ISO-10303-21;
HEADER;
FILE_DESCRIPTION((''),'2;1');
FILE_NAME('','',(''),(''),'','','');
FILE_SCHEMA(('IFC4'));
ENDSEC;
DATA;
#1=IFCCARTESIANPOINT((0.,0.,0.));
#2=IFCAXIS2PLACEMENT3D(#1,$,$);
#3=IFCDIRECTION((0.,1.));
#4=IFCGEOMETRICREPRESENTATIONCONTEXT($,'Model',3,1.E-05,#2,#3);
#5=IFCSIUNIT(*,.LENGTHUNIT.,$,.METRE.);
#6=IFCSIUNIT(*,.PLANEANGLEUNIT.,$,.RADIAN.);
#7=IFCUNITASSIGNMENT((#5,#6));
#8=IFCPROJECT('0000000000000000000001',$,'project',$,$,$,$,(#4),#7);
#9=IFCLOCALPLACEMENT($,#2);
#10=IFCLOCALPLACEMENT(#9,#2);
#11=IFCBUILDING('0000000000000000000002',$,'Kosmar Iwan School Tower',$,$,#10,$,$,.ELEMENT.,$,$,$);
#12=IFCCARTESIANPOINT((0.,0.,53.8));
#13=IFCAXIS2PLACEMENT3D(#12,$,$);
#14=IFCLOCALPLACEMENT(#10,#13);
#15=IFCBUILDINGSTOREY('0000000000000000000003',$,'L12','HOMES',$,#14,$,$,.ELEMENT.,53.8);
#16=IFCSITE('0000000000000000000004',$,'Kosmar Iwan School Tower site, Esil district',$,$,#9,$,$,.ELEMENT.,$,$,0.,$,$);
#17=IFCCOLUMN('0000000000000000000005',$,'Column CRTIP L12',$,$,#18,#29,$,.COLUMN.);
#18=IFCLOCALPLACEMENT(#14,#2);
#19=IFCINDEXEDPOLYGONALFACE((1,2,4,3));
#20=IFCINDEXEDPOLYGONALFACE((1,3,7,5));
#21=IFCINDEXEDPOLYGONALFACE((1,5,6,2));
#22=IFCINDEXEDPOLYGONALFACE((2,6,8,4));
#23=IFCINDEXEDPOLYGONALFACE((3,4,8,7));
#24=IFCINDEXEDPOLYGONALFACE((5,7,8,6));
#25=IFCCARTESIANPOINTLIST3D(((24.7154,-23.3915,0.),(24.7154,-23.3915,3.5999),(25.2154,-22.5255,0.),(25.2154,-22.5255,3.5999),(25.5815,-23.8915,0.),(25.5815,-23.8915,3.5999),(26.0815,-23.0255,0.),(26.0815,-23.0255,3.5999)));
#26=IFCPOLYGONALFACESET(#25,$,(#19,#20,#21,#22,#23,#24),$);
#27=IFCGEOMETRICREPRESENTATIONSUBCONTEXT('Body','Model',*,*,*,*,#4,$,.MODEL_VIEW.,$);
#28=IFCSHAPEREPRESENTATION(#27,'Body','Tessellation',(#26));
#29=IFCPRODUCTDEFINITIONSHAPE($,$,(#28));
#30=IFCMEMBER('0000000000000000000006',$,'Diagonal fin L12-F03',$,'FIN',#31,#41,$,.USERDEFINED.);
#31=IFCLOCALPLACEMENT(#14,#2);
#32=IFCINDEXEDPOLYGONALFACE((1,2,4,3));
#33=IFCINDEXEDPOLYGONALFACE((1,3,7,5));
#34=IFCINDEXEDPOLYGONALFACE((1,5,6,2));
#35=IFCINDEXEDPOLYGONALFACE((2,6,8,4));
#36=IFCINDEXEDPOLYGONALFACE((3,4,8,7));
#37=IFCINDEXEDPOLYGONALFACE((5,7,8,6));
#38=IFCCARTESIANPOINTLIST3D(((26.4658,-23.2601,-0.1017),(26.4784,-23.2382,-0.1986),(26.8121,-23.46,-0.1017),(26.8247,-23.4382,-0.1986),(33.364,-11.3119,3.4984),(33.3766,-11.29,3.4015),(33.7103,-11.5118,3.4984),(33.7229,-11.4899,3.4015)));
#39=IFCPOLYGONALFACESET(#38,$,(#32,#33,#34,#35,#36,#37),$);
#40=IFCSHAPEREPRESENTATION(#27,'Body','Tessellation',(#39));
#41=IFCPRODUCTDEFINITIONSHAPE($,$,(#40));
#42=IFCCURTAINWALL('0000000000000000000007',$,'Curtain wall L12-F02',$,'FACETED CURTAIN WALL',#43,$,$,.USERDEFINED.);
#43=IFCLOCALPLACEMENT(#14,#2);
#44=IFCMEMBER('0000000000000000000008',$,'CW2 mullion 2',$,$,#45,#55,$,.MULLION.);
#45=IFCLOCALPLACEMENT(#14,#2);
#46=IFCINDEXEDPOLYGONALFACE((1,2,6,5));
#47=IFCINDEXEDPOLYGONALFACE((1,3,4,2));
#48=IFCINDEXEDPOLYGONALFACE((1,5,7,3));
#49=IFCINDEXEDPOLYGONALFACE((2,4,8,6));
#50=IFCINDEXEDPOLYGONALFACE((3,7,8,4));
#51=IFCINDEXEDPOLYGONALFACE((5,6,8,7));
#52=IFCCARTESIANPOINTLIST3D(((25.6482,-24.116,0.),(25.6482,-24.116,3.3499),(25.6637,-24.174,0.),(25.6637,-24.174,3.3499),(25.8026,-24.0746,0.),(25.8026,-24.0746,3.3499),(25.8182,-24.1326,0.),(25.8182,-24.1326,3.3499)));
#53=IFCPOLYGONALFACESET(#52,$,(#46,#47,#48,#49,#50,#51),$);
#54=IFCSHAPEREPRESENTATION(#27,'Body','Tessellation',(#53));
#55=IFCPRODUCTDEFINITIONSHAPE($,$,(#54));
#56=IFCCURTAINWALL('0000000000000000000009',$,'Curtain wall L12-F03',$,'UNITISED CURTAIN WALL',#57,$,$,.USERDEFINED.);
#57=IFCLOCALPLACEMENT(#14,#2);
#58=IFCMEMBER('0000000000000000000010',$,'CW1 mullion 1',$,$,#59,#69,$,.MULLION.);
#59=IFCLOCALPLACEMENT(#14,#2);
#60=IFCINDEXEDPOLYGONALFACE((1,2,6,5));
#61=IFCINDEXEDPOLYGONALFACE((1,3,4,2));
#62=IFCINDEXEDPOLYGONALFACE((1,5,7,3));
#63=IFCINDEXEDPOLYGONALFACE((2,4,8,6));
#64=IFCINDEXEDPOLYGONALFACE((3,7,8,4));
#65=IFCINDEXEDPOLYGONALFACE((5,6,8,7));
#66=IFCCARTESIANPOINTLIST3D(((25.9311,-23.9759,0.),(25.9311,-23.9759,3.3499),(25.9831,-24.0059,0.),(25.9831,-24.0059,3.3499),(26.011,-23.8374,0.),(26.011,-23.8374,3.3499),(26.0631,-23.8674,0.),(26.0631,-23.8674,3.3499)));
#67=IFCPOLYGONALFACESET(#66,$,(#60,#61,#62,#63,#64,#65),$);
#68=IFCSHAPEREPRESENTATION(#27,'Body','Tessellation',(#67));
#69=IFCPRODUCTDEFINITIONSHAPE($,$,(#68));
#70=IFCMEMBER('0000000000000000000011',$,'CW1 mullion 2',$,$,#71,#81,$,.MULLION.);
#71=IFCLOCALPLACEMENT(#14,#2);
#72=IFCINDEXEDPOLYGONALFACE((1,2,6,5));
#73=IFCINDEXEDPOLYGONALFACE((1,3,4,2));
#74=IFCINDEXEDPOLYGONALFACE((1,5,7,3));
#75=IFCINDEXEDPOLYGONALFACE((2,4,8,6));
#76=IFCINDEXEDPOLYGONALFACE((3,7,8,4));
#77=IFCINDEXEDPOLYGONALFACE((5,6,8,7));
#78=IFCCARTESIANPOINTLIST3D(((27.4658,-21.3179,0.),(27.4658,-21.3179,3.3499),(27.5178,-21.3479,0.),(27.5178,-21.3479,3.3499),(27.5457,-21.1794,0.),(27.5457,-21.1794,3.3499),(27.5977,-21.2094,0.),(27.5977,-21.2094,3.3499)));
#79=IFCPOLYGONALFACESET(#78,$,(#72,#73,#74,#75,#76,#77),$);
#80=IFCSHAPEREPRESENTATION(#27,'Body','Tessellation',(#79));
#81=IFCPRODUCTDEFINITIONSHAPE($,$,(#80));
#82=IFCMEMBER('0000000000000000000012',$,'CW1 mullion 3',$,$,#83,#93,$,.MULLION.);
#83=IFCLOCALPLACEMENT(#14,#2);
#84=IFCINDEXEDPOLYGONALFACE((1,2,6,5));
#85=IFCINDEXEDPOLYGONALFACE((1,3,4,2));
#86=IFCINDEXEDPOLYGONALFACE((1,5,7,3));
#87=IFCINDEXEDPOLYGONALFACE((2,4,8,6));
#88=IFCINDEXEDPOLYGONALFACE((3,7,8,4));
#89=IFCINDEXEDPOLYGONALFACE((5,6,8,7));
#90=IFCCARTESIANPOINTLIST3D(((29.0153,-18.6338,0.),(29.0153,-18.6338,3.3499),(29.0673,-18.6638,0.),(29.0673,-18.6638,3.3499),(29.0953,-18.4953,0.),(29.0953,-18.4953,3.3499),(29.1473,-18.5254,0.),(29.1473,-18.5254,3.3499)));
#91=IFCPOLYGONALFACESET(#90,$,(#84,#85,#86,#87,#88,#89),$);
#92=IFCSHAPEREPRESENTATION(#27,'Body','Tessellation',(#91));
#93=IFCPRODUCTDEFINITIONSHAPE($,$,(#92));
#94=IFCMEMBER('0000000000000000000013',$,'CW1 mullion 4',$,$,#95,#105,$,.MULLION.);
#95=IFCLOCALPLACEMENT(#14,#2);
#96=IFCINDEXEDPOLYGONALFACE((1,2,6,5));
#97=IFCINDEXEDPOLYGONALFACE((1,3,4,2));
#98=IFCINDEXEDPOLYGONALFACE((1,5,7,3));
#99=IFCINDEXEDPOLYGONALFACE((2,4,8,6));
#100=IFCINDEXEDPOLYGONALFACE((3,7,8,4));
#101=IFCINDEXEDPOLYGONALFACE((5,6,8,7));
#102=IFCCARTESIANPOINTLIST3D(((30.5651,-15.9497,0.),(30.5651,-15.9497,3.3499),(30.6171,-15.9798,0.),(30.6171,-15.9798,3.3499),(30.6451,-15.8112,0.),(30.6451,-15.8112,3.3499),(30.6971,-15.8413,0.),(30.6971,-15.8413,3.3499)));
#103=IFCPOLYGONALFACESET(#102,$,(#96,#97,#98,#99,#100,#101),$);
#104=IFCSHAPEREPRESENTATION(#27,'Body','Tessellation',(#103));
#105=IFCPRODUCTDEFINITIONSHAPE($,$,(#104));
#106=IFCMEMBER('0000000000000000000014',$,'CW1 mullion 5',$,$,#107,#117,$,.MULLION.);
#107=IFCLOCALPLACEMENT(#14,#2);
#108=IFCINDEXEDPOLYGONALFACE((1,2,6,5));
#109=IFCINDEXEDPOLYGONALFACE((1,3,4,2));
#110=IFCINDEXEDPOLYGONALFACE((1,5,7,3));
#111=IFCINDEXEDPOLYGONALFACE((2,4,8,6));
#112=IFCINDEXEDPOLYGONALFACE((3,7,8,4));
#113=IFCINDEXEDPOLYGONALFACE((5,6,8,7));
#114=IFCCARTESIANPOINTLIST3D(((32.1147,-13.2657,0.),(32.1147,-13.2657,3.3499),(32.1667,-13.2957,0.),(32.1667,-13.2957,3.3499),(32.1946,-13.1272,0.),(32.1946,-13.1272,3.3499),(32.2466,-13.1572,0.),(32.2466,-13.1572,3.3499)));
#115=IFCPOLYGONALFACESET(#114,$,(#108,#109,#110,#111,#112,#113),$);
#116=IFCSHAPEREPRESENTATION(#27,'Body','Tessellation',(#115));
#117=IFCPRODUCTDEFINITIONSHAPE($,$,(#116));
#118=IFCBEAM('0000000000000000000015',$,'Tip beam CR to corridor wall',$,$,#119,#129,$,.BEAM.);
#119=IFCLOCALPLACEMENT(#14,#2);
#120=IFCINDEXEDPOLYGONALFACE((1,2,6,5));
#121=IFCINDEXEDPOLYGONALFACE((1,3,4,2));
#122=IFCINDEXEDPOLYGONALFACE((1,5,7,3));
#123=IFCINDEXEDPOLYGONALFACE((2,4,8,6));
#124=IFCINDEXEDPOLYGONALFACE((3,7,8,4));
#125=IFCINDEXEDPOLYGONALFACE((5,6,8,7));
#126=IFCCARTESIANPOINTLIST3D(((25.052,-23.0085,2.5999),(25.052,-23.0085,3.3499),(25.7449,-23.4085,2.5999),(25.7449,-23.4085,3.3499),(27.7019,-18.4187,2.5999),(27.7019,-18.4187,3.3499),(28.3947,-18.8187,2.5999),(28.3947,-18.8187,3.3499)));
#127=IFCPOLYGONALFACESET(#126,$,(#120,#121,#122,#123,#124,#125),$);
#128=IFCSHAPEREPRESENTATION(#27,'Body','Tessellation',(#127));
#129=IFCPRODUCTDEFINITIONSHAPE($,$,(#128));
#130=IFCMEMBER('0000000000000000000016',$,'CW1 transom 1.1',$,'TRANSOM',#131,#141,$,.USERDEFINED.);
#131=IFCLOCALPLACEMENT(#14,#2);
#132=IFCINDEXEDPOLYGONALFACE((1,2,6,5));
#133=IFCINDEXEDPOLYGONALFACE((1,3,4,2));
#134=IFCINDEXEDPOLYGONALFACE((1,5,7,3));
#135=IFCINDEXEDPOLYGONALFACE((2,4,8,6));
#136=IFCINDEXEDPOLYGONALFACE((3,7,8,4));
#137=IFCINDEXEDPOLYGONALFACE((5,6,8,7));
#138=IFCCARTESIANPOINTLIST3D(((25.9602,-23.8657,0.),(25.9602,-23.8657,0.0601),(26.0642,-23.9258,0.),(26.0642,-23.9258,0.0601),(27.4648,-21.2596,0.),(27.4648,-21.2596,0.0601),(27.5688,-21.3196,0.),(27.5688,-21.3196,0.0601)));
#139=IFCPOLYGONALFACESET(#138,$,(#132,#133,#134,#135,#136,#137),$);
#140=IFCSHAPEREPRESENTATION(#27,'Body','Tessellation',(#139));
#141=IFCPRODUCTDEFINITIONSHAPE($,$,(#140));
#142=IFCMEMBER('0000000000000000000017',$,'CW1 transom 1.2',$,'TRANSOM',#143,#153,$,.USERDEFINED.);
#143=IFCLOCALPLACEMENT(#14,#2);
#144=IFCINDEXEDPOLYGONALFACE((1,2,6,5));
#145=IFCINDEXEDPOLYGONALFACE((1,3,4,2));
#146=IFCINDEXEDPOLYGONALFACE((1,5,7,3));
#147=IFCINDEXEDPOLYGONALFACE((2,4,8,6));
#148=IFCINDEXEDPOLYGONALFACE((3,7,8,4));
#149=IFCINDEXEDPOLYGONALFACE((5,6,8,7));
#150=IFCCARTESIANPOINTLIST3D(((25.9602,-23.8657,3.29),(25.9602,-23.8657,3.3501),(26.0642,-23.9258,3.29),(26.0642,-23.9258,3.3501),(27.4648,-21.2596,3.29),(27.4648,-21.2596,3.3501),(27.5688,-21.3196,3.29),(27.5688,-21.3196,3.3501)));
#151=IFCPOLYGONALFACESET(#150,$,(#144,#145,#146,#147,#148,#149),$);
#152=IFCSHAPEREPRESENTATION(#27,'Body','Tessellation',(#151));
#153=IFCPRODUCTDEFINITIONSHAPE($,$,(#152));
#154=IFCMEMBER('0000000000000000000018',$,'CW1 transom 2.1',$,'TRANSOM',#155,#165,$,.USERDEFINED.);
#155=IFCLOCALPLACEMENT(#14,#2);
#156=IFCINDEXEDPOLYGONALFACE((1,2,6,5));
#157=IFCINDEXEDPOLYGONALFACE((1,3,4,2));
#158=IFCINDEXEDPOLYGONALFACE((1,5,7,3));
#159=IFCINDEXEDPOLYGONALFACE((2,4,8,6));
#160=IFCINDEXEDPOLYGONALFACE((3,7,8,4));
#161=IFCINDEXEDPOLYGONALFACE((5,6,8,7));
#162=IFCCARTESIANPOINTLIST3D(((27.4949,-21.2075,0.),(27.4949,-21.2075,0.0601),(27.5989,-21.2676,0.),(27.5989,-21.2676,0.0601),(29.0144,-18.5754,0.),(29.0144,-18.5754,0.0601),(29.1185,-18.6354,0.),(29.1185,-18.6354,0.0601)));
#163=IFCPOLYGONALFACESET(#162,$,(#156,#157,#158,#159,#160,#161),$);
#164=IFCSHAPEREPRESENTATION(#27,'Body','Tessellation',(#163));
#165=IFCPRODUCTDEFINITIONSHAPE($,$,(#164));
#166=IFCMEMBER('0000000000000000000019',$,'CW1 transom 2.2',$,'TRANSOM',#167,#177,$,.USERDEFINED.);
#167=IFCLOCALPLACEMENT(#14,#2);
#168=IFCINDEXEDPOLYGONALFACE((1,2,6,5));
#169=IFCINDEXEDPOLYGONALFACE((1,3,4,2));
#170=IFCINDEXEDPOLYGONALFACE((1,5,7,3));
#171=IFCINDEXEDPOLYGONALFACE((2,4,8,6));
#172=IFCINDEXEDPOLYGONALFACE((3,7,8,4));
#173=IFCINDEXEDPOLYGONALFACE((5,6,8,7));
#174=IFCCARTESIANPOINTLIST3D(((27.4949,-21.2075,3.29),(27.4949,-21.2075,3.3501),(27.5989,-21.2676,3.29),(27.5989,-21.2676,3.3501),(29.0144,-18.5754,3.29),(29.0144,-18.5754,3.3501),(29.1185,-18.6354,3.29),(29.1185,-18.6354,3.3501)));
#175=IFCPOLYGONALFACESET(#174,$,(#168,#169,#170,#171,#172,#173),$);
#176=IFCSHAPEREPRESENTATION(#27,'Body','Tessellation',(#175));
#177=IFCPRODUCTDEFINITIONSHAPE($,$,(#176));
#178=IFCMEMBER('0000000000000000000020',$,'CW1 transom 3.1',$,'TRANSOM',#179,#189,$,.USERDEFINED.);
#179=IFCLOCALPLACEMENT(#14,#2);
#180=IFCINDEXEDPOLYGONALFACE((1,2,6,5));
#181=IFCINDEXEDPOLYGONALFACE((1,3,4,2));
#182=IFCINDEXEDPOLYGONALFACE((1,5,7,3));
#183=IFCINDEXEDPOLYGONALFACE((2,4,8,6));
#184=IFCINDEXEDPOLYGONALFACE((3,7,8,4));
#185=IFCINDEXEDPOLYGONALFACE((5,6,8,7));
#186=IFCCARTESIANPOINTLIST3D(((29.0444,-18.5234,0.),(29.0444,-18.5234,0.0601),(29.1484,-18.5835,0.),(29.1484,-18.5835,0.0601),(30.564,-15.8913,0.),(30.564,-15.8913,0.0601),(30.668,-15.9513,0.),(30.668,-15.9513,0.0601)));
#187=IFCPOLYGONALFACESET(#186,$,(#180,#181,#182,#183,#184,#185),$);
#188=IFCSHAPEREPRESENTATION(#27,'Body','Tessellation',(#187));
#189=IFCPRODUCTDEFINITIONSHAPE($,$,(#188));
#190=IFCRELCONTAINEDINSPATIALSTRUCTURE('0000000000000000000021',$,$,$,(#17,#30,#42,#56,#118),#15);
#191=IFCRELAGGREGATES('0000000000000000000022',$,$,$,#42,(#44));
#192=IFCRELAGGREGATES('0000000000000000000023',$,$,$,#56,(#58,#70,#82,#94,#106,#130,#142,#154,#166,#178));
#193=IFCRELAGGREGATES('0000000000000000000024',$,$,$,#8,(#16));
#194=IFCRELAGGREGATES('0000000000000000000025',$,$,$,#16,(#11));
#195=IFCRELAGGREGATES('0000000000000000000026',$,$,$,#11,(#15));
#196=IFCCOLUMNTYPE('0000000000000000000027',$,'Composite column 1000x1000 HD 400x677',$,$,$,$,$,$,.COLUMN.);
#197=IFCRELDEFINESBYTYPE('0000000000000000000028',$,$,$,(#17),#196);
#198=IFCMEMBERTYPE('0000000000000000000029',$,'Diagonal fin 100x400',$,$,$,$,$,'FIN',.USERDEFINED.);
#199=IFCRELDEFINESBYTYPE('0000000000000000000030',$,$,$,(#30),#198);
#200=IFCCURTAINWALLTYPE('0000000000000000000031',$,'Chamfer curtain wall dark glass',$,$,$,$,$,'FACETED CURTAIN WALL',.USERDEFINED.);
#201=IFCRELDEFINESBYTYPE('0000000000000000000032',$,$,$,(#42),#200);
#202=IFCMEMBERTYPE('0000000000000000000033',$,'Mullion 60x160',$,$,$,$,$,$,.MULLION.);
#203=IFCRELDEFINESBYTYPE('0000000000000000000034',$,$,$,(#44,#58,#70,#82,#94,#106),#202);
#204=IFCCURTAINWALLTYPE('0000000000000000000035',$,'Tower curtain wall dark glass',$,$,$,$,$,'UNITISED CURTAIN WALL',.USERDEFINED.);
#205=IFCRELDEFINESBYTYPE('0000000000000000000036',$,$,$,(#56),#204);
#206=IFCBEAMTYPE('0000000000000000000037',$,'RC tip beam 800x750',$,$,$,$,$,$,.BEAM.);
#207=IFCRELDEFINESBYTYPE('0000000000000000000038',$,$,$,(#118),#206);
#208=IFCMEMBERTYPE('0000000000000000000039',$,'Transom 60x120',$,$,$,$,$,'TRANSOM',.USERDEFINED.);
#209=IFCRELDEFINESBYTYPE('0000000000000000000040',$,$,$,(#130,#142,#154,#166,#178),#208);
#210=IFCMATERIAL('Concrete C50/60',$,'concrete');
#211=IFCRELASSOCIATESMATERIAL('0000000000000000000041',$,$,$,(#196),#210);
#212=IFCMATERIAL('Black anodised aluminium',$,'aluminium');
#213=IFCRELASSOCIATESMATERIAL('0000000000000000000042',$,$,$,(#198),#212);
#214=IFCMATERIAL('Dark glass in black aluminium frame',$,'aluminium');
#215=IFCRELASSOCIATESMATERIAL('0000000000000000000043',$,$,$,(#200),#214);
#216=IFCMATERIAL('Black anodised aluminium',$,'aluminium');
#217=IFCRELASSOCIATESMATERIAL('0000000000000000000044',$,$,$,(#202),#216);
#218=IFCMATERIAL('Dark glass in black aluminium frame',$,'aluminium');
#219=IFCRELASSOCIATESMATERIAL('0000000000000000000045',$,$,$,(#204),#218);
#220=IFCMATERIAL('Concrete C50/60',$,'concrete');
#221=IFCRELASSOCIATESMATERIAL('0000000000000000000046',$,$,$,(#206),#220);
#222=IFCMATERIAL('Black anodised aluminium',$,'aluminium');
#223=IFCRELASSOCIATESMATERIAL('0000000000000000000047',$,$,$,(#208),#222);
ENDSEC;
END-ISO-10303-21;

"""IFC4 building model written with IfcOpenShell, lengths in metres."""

from ifc_helpers import new_model, si_unit, direction, frame, origin, origin_2d, place, context, subcontext, project, spatial, rectangle, extrude, material, material_profile, profile_set, type_object, element, aggregate, save


model = new_model("IFC4")

# Units and contexts
model_context = context("Model", 3, precision=1e-05, world=origin(), true_north=direction((0.0, 1.0)))
body_context = subcontext(model_context, "Body", "Model", "MODEL_VIEW")
ifc_project = project(units=[si_unit("LENGTHUNIT", "METRE"), si_unit("PLANEANGLEUNIT", "RADIAN")], contexts=[model_context])

# Site, building, storey
site_placement = place(None, origin())
site = spatial("IfcSite", under=ifc_project, at=site_placement, Name="Kosmar Iwan School Tower site, Esil district", CompositionType="ELEMENT", RefElevation=0.0)
building_placement = place(site_placement, origin())
building = spatial("IfcBuilding", under=site, at=building_placement, Name="Kosmar Iwan School Tower", CompositionType="ELEMENT")
storey_placement = place(building_placement, frame((0.0, 0.0, 53.8)))
storey = spatial("IfcBuildingStorey", under=building, at=storey_placement, Name="L12", Description="HOMES", CompositionType="ELEMENT", Elevation=53.8)

# Column
ifc_material_1 = material(Name="Concrete C50/60", Category="concrete")
ifc_material_profile_1 = material_profile(ifc_material_1, rectangle(XDim=1.0, YDim=1.0, at=origin_2d()), Name="RC 1000x1000 + HD 400x677")
ifc_profile_set_1 = profile_set([ifc_material_profile_1], Name="Concrete C50/60")
column_type = type_object("IfcColumnType", Name="Composite column 1000x1000 HD 400x677", PredefinedType="COLUMN", material=ifc_profile_set_1)
column_placement = place(storey_placement, frame((25.3984, -23.2085, 0.0), z_axis=(0.0, 0.0, 1.0), x_axis=(0.866025, -0.5, 0.0)))
element("IfcColumn", 1, at=column_placement, inside=storey, type_object=column_type, Name="Column CRTIP L12", PredefinedType="COLUMN", context=body_context, shape_type="SweptSolid", body=[
    extrude(rectangle(XDim=1.0, YDim=1.0, at=origin_2d()), origin(), (0.0, 0.0, 1.0), 3.5999),
])

# Member
ifc_material_2 = material(Name="Black anodised aluminium", Category="aluminium")
ifc_material_profile_2 = material_profile(ifc_material_2, rectangle(XDim=0.1001, YDim=0.3999, at=origin_2d()), Name="FIN 100x400")
ifc_profile_set_2 = profile_set([ifc_material_profile_2], Name="Black anodised aluminium")
member_type_1 = type_object("IfcMemberType", Name="Diagonal fin 100x400", ElementType="FIN", PredefinedType="USERDEFINED", material=ifc_profile_set_2)
member_1_placement = place(storey_placement, frame((26.6453, -23.3491, -0.1501), z_axis=(0.483793, 0.83797, 0.252487), x_axis=(-0.126242, -0.218661, 0.9676)))
element("IfcMember", 2, at=member_1_placement, inside=storey, type_object=member_type_1, Name="Diagonal fin L12-F03", ObjectType="FIN", PredefinedType="USERDEFINED", context=body_context, shape_type="SweptSolid", body=[
    extrude(rectangle(XDim=0.1001, YDim=0.3999, at=origin_2d()), origin(), (0.0, 0.0, 1.0), 14.2585),
])

# Curtain wall, member
ifc_material_3 = material(Name="Dark glass in black aluminium frame", Category="aluminium")
curtain_wall_type_1 = type_object("IfcCurtainWallType", Name="Chamfer curtain wall dark glass", ElementType="FACETED CURTAIN WALL", PredefinedType="USERDEFINED", material=ifc_material_3)
curtain_wall_1_placement = place(storey_placement, origin())
curtain_wall_1 = element("IfcCurtainWall", 3, at=curtain_wall_1_placement, inside=storey, type_object=curtain_wall_type_1, Name="Curtain wall L12-F02", ObjectType="FACETED CURTAIN WALL", PredefinedType="USERDEFINED")
ifc_material_4 = material(Name="Black anodised aluminium", Category="aluminium")
ifc_material_profile_3 = material_profile(ifc_material_4, rectangle(XDim=0.0601, YDim=0.1599, at=origin_2d()), Name="MULLION 60x160")
ifc_profile_set_3 = profile_set([ifc_material_profile_3], Name="Black anodised aluminium")
member_type_2 = type_object("IfcMemberType", Name="Mullion 60x160", PredefinedType="MULLION", material=ifc_profile_set_3)
member_2_placement = place(storey_placement, frame((25.7332, -24.1243, 0.0), z_axis=(0.0, 0.0, 1.0), x_axis=(-0.258819, 0.965926, 0.0)))
member_2 = element("IfcMember", 4, at=member_2_placement, type_object=member_type_2, Name="CW2 mullion 2", PredefinedType="MULLION", context=body_context, shape_type="SweptSolid", body=[
    extrude(rectangle(XDim=0.0601, YDim=0.1599, at=origin_2d()), origin(), (0.0, 0.0, 1.0), 3.3499),
])

# Curtain wall, members
ifc_material_5 = material(Name="Dark glass in black aluminium frame", Category="aluminium")
curtain_wall_type_2 = type_object("IfcCurtainWallType", Name="Tower curtain wall dark glass", ElementType="UNITISED CURTAIN WALL", PredefinedType="USERDEFINED", material=ifc_material_5)
curtain_wall_2_placement = place(storey_placement, origin())
curtain_wall_2 = element("IfcCurtainWall", 5, at=curtain_wall_2_placement, inside=storey, type_object=curtain_wall_type_2, Name="Curtain wall L12-F03", ObjectType="UNITISED CURTAIN WALL", PredefinedType="USERDEFINED")
member_3_placement = place(storey_placement, frame((25.9971, -23.9216, 0.0), z_axis=(0.0, 0.0, 1.0), x_axis=(-0.866025, 0.5, 0.0)))
member_3 = element("IfcMember", 6, at=member_3_placement, type_object=member_type_2, Name="CW1 mullion 1", PredefinedType="MULLION", context=body_context, shape_type="SweptSolid", body=[
    extrude(rectangle(XDim=0.0601, YDim=0.1599, at=origin_2d()), origin(), (0.0, 0.0, 1.0), 3.3499),
])
member_4_placement = place(storey_placement, frame((27.5317, -21.2637, 0.0), z_axis=(0.0, 0.0, 1.0), x_axis=(-0.866025, 0.5, 0.0)))
member_4 = element("IfcMember", 7, at=member_4_placement, type_object=member_type_2, Name="CW1 mullion 2", PredefinedType="MULLION", context=body_context, shape_type="SweptSolid", body=[
    extrude(rectangle(XDim=0.0601, YDim=0.1599, at=origin_2d()), origin(), (0.0, 0.0, 1.0), 3.3499),
])
member_5_placement = place(storey_placement, frame((29.0813, -18.5796, 0.0), z_axis=(0.0, 0.0, 1.0), x_axis=(-0.866025, 0.5, 0.0)))
member_5 = element("IfcMember", 8, at=member_5_placement, type_object=member_type_2, Name="CW1 mullion 3", PredefinedType="MULLION", context=body_context, shape_type="SweptSolid", body=[
    extrude(rectangle(XDim=0.0601, YDim=0.1599, at=origin_2d()), origin(), (0.0, 0.0, 1.0), 3.3499),
])
member_6_placement = place(storey_placement, frame((30.6311, -15.8955, 0.0), z_axis=(0.0, 0.0, 1.0), x_axis=(-0.866025, 0.5, 0.0)))
member_6 = element("IfcMember", 9, at=member_6_placement, type_object=member_type_2, Name="CW1 mullion 4", PredefinedType="MULLION", context=body_context, shape_type="SweptSolid", body=[
    extrude(rectangle(XDim=0.0601, YDim=0.1599, at=origin_2d()), origin(), (0.0, 0.0, 1.0), 3.3499),
])
member_7_placement = place(storey_placement, frame((32.1807, -13.2114, 0.0), z_axis=(0.0, 0.0, 1.0), x_axis=(-0.866025, 0.5, 0.0)))
member_7 = element("IfcMember", 10, at=member_7_placement, type_object=member_type_2, Name="CW1 mullion 5", PredefinedType="MULLION", context=body_context, shape_type="SweptSolid", body=[
    extrude(rectangle(XDim=0.0601, YDim=0.1599, at=origin_2d()), origin(), (0.0, 0.0, 1.0), 3.3499),
])

# Beam
ifc_material_6 = material(Name="Concrete C50/60", Category="concrete")
ifc_material_profile_4 = material_profile(ifc_material_6, rectangle(XDim=0.8, YDim=0.75, at=origin_2d()), Name="RC 800x750")
ifc_profile_set_4 = profile_set([ifc_material_profile_4], Name="Concrete C50/60")
beam_type = type_object("IfcBeamType", Name="RC tip beam 800x750", PredefinedType="BEAM", material=ifc_profile_set_4)
beam_placement = place(storey_placement, frame((25.3984, -23.2085, 2.9749), z_axis=(0.499994, 0.866029, 0.0), x_axis=(-0.866029, 0.499994, 0.0)))
element("IfcBeam", 11, at=beam_placement, inside=storey, type_object=beam_type, Name="Tip beam CR to corridor wall", PredefinedType="BEAM", context=body_context, shape_type="SweptSolid", body=[
    extrude(rectangle(XDim=0.8, YDim=0.75, at=origin_2d()), origin(), (0.0, 0.0, 1.0), 5.2998),
])

# Members
ifc_material_7 = material(Name="Black anodised aluminium", Category="aluminium")
ifc_material_profile_5 = material_profile(ifc_material_7, rectangle(XDim=0.1201, YDim=0.0601, at=origin_2d()), Name="TRANSOM 60x120")
ifc_profile_set_5 = profile_set([ifc_material_profile_5], Name="Black anodised aluminium")
member_type_3 = type_object("IfcMemberType", Name="Transom 60x120", ElementType="TRANSOM", PredefinedType="USERDEFINED", material=ifc_profile_set_5)
member_8_placement = place(storey_placement, frame((26.0122, -23.8958, 0.03), z_axis=(0.499987, 0.866033, 0.0), x_axis=(-0.866033, 0.499987, 0.0)))
member_8 = element("IfcMember", 12, at=member_8_placement, type_object=member_type_3, Name="CW1 transom 1.1", ObjectType="TRANSOM", PredefinedType="USERDEFINED", context=body_context, shape_type="SweptSolid", body=[
    extrude(rectangle(XDim=0.1201, YDim=0.0601, at=origin_2d()), origin(), (0.0, 0.0, 1.0), 3.0093),
])
member_9_placement = place(storey_placement, frame((26.0122, -23.8958, 3.3201), z_axis=(0.499987, 0.866033, 0.0), x_axis=(-0.866033, 0.499987, 0.0)))
member_9 = element("IfcMember", 13, at=member_9_placement, type_object=member_type_3, Name="CW1 transom 1.2", ObjectType="TRANSOM", PredefinedType="USERDEFINED", context=body_context, shape_type="SweptSolid", body=[
    extrude(rectangle(XDim=0.1201, YDim=0.0601, at=origin_2d()), origin(), (0.0, 0.0, 1.0), 3.0093),
])
member_10_placement = place(storey_placement, frame((27.5469, -21.2375, 0.03), z_axis=(0.499975, 0.86604, 0.0), x_axis=(-0.86604, 0.499975, 0.0)))
member_10 = element("IfcMember", 14, at=member_10_placement, type_object=member_type_3, Name="CW1 transom 2.1", ObjectType="TRANSOM", PredefinedType="USERDEFINED", context=body_context, shape_type="SweptSolid", body=[
    extrude(rectangle(XDim=0.1201, YDim=0.0601, at=origin_2d()), origin(), (0.0, 0.0, 1.0), 3.0393),
])
member_11_placement = place(storey_placement, frame((27.5469, -21.2375, 3.3201), z_axis=(0.499975, 0.86604, 0.0), x_axis=(-0.86604, 0.499975, 0.0)))
member_11 = element("IfcMember", 15, at=member_11_placement, type_object=member_type_3, Name="CW1 transom 2.2", ObjectType="TRANSOM", PredefinedType="USERDEFINED", context=body_context, shape_type="SweptSolid", body=[
    extrude(rectangle(XDim=0.1201, YDim=0.0601, at=origin_2d()), origin(), (0.0, 0.0, 1.0), 3.0393),
])
member_12_placement = place(storey_placement, frame((29.0964, -18.5535, 0.03), z_axis=(0.499975, 0.86604, 0.0), x_axis=(-0.86604, 0.499975, 0.0)))
member_12 = element("IfcMember", 16, at=member_12_placement, type_object=member_type_3, Name="CW1 transom 3.1", ObjectType="TRANSOM", PredefinedType="USERDEFINED", context=body_context, shape_type="SweptSolid", body=[
    extrude(rectangle(XDim=0.1201, YDim=0.0601, at=origin_2d()), origin(), (0.0, 0.0, 1.0), 3.0393),
])

aggregate(curtain_wall_1, [member_2])
aggregate(curtain_wall_2, [member_3, member_4, member_5, member_6, member_7, member_8, member_9, member_10, member_11, member_12])

save(model, "model.ifc")
